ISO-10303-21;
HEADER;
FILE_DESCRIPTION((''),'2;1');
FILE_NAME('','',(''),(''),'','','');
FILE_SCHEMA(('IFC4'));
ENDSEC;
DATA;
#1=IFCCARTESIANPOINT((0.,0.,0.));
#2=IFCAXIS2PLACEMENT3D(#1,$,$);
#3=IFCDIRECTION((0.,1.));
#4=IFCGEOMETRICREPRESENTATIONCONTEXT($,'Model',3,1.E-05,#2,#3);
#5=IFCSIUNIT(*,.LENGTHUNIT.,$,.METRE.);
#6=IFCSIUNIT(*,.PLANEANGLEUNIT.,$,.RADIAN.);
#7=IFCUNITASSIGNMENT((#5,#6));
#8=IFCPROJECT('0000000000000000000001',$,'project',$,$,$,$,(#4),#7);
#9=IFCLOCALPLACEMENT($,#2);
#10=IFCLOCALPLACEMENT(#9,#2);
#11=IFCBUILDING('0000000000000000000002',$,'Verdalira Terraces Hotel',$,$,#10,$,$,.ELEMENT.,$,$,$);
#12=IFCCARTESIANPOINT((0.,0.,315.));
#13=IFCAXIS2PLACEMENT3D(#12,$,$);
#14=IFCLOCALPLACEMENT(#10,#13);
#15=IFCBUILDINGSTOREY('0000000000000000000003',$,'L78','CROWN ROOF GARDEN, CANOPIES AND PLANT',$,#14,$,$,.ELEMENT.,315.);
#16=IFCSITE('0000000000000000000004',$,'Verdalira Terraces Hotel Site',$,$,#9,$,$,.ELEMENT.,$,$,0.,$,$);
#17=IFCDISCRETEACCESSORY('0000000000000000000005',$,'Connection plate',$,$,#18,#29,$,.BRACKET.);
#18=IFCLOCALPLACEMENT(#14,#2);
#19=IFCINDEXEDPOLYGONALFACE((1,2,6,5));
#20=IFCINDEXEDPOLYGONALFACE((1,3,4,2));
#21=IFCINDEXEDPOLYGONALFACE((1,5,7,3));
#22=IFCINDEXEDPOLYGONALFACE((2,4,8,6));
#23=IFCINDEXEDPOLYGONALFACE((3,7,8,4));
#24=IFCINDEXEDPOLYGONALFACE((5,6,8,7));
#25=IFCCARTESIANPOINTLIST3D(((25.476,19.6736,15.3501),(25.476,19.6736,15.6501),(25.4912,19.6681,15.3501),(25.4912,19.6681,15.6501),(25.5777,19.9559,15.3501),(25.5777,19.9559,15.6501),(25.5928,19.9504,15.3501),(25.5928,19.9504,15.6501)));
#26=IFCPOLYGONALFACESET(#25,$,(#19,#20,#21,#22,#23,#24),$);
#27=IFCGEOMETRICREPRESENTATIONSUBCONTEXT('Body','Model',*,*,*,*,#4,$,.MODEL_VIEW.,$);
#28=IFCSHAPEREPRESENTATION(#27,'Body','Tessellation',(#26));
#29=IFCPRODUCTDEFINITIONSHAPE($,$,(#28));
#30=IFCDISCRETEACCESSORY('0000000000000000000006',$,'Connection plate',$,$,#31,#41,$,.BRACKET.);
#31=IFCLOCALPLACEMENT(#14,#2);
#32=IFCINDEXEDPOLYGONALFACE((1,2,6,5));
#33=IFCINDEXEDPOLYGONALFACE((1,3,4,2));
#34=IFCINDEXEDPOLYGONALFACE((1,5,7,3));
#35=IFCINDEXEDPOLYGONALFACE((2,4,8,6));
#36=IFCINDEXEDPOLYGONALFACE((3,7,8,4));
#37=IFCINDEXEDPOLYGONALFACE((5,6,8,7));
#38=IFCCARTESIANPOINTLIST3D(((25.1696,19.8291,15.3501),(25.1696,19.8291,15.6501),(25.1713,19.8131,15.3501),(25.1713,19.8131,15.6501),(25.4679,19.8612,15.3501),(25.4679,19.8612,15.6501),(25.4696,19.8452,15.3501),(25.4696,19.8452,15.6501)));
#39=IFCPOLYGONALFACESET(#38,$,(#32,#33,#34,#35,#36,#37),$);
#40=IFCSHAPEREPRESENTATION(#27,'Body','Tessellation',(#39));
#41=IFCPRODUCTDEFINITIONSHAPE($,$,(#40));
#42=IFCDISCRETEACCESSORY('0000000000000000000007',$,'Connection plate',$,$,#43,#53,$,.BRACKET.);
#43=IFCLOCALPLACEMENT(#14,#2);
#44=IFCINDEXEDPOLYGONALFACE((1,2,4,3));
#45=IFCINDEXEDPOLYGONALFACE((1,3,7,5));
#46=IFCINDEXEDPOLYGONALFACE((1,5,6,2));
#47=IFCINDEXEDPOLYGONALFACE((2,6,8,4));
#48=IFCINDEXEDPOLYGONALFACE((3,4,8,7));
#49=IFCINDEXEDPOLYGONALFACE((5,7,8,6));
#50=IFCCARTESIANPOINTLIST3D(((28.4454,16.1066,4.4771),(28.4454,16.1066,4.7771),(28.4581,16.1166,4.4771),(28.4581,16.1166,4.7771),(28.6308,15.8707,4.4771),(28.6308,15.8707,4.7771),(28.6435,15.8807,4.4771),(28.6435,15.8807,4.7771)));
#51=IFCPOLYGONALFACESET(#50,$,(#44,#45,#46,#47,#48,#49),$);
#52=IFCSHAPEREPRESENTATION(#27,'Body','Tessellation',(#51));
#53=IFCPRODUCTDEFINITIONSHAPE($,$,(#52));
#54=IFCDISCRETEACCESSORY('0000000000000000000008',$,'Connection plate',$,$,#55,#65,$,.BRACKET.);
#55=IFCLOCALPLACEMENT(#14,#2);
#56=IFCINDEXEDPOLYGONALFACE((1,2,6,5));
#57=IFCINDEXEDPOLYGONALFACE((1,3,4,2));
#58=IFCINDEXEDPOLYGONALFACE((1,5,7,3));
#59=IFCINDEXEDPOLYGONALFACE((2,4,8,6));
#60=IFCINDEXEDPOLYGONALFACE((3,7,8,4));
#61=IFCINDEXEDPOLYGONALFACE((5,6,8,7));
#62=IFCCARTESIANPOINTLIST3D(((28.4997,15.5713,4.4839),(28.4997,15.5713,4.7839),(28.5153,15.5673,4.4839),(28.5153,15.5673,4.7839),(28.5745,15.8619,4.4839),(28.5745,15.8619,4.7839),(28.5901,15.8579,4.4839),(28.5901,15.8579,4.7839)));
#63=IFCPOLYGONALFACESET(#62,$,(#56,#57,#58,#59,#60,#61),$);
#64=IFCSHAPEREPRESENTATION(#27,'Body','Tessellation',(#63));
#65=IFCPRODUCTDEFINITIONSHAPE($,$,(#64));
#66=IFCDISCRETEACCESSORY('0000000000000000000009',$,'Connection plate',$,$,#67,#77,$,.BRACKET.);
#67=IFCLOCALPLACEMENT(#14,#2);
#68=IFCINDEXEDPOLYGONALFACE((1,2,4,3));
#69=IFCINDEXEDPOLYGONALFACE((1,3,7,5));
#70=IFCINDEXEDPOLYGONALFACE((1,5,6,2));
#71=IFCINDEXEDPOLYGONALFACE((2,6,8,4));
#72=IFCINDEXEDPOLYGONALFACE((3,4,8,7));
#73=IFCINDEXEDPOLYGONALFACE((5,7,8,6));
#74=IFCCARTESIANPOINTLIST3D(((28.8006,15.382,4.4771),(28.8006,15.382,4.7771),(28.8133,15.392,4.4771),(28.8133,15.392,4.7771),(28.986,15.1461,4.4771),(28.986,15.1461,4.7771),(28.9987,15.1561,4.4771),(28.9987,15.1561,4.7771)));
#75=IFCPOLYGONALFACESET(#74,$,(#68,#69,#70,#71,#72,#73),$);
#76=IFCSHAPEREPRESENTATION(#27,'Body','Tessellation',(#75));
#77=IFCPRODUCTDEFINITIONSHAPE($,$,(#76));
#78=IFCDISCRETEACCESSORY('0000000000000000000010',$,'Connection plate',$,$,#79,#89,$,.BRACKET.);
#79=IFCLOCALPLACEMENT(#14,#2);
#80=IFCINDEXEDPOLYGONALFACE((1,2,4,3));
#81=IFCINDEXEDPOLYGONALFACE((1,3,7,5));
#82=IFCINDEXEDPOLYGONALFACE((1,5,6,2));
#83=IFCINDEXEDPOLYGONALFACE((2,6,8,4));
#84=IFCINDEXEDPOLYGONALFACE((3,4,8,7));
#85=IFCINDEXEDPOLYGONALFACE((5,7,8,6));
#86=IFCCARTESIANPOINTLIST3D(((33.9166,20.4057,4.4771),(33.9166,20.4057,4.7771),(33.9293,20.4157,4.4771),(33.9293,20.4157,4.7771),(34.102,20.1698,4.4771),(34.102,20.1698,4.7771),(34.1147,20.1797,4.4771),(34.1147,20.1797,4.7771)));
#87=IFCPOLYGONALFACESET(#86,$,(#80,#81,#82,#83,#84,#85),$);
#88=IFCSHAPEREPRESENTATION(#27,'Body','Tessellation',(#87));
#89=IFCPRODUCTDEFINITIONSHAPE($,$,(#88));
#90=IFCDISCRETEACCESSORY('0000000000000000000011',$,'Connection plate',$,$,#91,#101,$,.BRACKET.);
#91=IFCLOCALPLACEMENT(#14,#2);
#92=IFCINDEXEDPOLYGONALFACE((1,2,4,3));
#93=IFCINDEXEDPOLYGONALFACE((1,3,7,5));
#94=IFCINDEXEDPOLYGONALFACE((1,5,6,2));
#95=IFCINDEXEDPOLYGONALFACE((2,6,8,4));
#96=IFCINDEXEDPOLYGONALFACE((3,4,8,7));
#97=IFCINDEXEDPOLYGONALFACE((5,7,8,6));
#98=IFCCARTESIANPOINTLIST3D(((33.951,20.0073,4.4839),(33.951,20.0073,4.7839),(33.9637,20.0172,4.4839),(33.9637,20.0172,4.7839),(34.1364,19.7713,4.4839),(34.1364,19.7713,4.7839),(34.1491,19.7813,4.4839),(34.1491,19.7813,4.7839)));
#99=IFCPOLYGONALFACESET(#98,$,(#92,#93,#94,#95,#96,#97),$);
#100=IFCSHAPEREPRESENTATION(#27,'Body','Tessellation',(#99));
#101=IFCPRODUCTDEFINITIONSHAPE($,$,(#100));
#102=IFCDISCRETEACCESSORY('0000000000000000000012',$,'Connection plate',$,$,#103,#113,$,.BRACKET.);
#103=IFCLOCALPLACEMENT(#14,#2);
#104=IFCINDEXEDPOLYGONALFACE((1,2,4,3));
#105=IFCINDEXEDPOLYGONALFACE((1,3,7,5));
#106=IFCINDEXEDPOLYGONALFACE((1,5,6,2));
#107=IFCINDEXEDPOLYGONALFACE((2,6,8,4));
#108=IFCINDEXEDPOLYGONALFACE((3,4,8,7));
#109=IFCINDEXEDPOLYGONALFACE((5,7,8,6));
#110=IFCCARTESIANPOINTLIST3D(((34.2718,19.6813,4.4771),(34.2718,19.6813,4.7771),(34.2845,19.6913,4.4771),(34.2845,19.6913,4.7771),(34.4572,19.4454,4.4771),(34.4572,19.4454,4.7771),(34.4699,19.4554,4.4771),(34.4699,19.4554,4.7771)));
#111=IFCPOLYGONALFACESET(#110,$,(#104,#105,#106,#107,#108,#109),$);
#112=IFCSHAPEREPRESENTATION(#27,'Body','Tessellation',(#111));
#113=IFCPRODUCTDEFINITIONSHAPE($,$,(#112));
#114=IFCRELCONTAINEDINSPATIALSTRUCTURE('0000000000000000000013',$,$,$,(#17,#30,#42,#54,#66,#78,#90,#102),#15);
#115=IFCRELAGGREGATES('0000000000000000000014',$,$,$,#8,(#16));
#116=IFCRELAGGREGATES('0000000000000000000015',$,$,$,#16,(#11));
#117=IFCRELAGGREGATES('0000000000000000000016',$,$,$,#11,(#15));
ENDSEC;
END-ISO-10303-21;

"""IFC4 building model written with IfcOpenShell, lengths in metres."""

from ifc_helpers import new_model, si_unit, direction, frame, origin, origin_2d, place, context, subcontext, project, spatial, rectangle, extrude, element, save


model = new_model("IFC4")

# Units and contexts
model_context = context("Model", 3, precision=1e-05, world=origin(), true_north=direction((0.0, 1.0)))
body_context = subcontext(model_context, "Body", "Model", "MODEL_VIEW")
ifc_project = project(units=[si_unit("LENGTHUNIT", "METRE"), si_unit("PLANEANGLEUNIT", "RADIAN")], contexts=[model_context])

# Site, building, storey
site_placement = place(None, origin())
site = spatial("IfcSite", under=ifc_project, at=site_placement, Name="Verdalira Terraces Hotel Site", CompositionType="ELEMENT", RefElevation=0.0)
building_placement = place(site_placement, origin())
building = spatial("IfcBuilding", under=site, at=building_placement, Name="Verdalira Terraces Hotel", CompositionType="ELEMENT")
storey_placement = place(building_placement, frame((0.0, 0.0, 315.0)))
storey = spatial("IfcBuildingStorey", under=building, at=storey_placement, Name="L78", Description="CROWN ROOF GARDEN, CANOPIES AND PLANT", CompositionType="ELEMENT", Elevation=315.0)

# Discrete accessories
for number, where, z_axis, x_axis, name in (
    (1, (25.5344, 19.812, 15.3501), (0.0, 0.0, 1.0), (-0.338896, -0.940824, 0.0), "Connection plate"),
    (2, (25.3196, 19.8372, 15.3501), (0.0, 0.0, 1.0), (-0.994283, -0.106778, 0.0), "Connection plate"),
    (3, (28.5444, 15.9937, 4.4771), (0.0, 0.0, 1.0), (0.61786, -0.786288, 0.0), "Connection plate"),
    (4, (28.5449, 15.7146, 4.4839), (0.0, 0.0, 1.0), (0.24943, 0.968393, 0.0), "Connection plate"),
    (5, (28.8997, 15.269, 4.4771), (0.0, 0.0, 1.0), (-0.61786, 0.786288, 0.0), "Connection plate"),
    (6, (34.0156, 20.2927, 4.4771), (0.0, 0.0, 1.0), (0.61786, -0.786288, 0.0), "Connection plate"),
    (7, (34.05, 19.8943, 4.4839), (0.0, 0.0, 1.0), (-0.61786, 0.786288, 0.0), "Connection plate"),
    (8, (34.3708, 19.5684, 4.4771), (0.0, 0.0, 1.0), (-0.61786, 0.786288, 0.0), "Connection plate"),
):
    element("IfcDiscreteAccessory", number, at=place(storey_placement, frame(where, z_axis=z_axis, x_axis=x_axis)), inside=storey, Name=name, PredefinedType="BRACKET", context=body_context, shape_type="SweptSolid", body=[
        extrude(rectangle(XDim=0.3, YDim=0.0161, at=origin_2d()), origin(), (0.0, 0.0, 1.0), 0.3),
    ])

save(model, "model.ifc")
